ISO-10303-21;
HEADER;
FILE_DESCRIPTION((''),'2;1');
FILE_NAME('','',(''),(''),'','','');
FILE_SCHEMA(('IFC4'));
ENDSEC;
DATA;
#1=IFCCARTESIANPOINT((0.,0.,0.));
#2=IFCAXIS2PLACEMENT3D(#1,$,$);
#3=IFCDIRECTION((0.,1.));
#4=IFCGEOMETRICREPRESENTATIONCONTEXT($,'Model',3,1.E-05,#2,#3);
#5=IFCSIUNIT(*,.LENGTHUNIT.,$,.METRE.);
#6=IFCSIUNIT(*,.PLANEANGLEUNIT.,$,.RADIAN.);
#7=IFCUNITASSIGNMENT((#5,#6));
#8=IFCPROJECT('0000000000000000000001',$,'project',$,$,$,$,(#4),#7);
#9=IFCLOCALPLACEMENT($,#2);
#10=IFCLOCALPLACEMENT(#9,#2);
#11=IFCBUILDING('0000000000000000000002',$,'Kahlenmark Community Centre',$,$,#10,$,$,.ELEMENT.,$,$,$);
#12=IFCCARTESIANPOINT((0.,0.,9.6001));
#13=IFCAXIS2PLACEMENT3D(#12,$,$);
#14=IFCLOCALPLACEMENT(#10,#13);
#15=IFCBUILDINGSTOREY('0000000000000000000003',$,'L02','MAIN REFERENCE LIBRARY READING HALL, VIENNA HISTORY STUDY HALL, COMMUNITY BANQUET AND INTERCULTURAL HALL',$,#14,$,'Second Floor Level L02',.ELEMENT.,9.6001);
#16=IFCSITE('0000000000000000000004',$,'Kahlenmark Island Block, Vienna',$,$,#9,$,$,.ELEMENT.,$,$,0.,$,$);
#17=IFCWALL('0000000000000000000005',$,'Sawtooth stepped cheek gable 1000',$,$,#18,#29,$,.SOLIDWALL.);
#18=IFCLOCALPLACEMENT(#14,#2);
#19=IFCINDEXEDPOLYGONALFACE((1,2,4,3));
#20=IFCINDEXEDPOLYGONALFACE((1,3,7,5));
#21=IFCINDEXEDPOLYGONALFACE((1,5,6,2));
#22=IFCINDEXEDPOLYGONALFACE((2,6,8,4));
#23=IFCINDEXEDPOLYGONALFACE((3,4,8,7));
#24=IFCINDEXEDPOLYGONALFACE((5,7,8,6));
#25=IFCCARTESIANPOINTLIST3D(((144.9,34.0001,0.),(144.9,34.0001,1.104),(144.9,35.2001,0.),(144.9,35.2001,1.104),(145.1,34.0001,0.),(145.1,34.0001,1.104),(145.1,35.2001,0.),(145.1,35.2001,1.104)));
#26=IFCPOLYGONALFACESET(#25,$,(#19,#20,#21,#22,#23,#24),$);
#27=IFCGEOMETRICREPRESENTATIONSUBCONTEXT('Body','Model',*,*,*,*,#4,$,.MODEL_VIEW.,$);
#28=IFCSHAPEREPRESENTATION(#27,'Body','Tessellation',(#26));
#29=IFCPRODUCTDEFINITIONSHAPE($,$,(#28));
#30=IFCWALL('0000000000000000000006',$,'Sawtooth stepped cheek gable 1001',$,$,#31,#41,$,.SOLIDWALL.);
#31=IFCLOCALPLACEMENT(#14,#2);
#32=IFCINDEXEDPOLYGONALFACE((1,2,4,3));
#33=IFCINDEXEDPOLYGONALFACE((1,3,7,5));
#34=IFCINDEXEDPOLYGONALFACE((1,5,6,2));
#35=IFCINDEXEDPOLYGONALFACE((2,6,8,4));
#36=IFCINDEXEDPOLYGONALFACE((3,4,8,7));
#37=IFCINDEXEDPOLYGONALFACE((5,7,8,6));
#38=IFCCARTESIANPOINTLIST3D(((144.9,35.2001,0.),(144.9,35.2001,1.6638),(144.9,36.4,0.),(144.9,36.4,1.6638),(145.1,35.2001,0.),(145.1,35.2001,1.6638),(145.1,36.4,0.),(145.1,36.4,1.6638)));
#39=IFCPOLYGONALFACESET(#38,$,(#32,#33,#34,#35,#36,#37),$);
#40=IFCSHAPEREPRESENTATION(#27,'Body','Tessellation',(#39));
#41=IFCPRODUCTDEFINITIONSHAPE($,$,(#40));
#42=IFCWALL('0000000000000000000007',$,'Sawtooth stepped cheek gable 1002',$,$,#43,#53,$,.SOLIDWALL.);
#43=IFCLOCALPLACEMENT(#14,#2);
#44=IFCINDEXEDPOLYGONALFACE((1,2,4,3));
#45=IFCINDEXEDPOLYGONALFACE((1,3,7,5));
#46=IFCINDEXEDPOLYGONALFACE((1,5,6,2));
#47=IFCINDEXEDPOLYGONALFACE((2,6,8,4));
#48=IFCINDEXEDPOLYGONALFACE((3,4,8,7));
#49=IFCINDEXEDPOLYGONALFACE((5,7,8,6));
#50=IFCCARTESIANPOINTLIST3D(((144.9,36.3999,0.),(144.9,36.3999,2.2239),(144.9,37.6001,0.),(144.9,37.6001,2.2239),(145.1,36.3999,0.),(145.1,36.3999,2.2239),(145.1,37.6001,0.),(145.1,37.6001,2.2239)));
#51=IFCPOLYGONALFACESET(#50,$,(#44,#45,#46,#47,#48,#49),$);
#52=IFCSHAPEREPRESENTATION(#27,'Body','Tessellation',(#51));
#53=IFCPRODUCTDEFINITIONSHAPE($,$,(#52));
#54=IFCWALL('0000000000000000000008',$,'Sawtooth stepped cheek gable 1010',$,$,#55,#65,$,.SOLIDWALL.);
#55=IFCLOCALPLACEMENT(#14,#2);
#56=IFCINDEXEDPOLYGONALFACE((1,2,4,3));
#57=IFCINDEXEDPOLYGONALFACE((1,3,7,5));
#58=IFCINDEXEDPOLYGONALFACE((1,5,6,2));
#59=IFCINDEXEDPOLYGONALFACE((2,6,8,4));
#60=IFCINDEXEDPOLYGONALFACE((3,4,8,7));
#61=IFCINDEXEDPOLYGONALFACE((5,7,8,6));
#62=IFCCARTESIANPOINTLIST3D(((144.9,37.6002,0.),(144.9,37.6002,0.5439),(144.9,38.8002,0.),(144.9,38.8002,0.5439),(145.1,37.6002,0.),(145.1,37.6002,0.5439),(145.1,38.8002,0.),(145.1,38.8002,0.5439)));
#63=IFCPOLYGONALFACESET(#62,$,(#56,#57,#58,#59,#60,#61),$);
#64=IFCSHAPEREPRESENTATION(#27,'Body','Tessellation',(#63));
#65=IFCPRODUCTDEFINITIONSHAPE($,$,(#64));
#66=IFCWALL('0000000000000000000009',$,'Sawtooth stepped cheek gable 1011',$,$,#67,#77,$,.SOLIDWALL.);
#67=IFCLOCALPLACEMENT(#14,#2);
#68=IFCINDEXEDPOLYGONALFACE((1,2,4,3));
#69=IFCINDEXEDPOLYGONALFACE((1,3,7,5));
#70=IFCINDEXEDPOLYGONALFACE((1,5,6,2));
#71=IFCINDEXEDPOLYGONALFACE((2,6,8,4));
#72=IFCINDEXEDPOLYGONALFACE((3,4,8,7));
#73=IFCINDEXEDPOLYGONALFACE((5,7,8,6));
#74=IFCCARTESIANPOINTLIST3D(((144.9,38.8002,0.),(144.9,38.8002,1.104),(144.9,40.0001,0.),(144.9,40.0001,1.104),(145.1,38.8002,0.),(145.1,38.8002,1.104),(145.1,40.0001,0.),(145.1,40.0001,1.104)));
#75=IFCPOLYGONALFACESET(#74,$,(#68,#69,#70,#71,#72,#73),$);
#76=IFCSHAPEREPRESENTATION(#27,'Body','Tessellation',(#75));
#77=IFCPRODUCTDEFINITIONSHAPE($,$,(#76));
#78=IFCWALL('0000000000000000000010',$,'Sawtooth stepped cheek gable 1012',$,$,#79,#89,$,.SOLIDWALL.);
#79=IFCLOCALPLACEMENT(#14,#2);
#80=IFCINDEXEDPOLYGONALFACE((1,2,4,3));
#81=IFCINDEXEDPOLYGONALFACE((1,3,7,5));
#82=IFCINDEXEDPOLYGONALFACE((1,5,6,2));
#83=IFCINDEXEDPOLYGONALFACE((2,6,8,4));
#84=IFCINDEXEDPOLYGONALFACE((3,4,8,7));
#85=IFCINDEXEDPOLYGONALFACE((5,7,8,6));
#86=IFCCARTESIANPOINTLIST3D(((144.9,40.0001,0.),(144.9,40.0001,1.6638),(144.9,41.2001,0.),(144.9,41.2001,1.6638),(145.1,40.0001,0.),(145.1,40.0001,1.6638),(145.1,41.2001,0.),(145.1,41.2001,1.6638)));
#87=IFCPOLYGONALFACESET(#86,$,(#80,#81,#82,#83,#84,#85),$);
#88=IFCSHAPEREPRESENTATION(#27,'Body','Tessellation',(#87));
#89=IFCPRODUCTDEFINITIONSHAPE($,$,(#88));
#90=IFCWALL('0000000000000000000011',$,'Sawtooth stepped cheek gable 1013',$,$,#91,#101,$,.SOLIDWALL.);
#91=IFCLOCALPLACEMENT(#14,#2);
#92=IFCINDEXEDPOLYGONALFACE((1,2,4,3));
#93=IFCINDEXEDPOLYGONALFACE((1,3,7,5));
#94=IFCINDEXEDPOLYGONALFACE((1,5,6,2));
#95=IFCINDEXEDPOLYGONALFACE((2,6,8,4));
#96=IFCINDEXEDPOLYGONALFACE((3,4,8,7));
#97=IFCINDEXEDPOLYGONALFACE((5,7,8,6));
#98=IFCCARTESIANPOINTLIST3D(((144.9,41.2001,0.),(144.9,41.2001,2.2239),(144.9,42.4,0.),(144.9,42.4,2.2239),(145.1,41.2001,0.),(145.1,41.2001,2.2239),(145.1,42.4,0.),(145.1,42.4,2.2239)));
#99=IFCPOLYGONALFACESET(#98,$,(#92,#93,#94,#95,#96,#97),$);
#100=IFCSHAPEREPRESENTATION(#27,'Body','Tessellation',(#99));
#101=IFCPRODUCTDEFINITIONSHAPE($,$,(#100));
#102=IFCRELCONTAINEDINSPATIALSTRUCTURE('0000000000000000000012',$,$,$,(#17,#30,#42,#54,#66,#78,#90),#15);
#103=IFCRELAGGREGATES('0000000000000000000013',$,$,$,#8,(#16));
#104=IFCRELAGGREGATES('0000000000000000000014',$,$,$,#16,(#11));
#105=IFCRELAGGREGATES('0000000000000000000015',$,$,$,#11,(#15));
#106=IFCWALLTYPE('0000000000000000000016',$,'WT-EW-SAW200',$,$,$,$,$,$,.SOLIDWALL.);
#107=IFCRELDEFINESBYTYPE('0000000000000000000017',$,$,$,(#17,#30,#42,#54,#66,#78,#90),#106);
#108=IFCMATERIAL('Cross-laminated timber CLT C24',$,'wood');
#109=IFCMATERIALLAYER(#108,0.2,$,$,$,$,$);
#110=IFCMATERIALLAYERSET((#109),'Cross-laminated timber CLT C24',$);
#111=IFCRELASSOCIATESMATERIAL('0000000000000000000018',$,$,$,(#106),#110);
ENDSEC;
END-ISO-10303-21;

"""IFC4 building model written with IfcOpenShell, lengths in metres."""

from ifc_helpers import new_model, si_unit, direction, frame, frame_2d, origin, place, context, subcontext, project, spatial, rectangle, extrude, material, layer, layer_set, type_object, element, save


model = new_model("IFC4")

# Units and contexts
model_context = context("Model", 3, precision=1e-05, world=origin(), true_north=direction((0.0, 1.0)))
body_context = subcontext(model_context, "Body", "Model", "MODEL_VIEW")
ifc_project = project(units=[si_unit("LENGTHUNIT", "METRE"), si_unit("PLANEANGLEUNIT", "RADIAN")], contexts=[model_context])

# Site, building, storey
site_placement = place(None, origin())
site = spatial("IfcSite", under=ifc_project, at=site_placement, Name="Kahlenmark Island Block, Vienna", CompositionType="ELEMENT", RefElevation=0.0)
building_placement = place(site_placement, origin())
building = spatial("IfcBuilding", under=site, at=building_placement, Name="Kahlenmark Community Centre", CompositionType="ELEMENT")
storey_placement = place(building_placement, frame((0.0, 0.0, 9.6001)))
storey = spatial("IfcBuildingStorey", under=building, at=storey_placement, Name="L02", Description="MAIN REFERENCE LIBRARY READING HALL, VIENNA HISTORY STUDY HALL, COMMUNITY BANQUET AND INTERCULTURAL HALL", LongName="Second Floor Level L02", CompositionType="ELEMENT", Elevation=9.6001)

# Walls
ifc_material_1 = material(Name="Cross-laminated timber CLT C24", Category="wood")
ifc_layer_1 = layer(ifc_material_1, 0.2)
ifc_layer_set_1 = layer_set([ifc_layer_1], Name="Cross-laminated timber CLT C24")
wall_type = type_object("IfcWallType", Name="WT-EW-SAW200", PredefinedType="SOLIDWALL", material=ifc_layer_set_1)
wall_1_placement = place(storey_placement, frame((145.0, 34.0, 0.0), z_axis=(0.0, 0.0, 1.0), x_axis=(0.0, 1.0, 0.0)))
element("IfcWall", 1, at=wall_1_placement, inside=storey, type_object=wall_type, Name="Sawtooth stepped cheek gable 1000", PredefinedType="SOLIDWALL", context=body_context, shape_type="SweptSolid", body=[
    extrude(rectangle(XDim=1.2, YDim=0.2, at=frame_2d((0.6001, 0.0))), origin(), (0.0, 0.0, 1.0), 1.104),
])
wall_2_placement = place(storey_placement, frame((145.0, 35.2, 0.0), z_axis=(0.0, 0.0, 1.0), x_axis=(0.0, 1.0, 0.0)))
element("IfcWall", 2, at=wall_2_placement, inside=storey, type_object=wall_type, Name="Sawtooth stepped cheek gable 1001", PredefinedType="SOLIDWALL", context=body_context, shape_type="SweptSolid", body=[
    extrude(rectangle(XDim=1.2, YDim=0.2, at=frame_2d((0.6001, 0.0))), origin(), (0.0, 0.0, 1.0), 1.6638),
])
wall_3_placement = place(storey_placement, frame((145.0, 36.3999, 0.0), z_axis=(0.0, 0.0, 1.0), x_axis=(0.0, 1.0, 0.0)))
element("IfcWall", 3, at=wall_3_placement, inside=storey, type_object=wall_type, Name="Sawtooth stepped cheek gable 1002", PredefinedType="SOLIDWALL", context=body_context, shape_type="SweptSolid", body=[
    extrude(rectangle(XDim=1.2002, YDim=0.2, at=frame_2d((0.6001, 0.0))), origin(), (0.0, 0.0, 1.0), 2.2239),
])
wall_4_placement = place(storey_placement, frame((145.0, 37.6001, 0.0), z_axis=(0.0, 0.0, 1.0), x_axis=(0.0, 1.0, 0.0)))
element("IfcWall", 4, at=wall_4_placement, inside=storey, type_object=wall_type, Name="Sawtooth stepped cheek gable 1010", PredefinedType="SOLIDWALL", context=body_context, shape_type="SweptSolid", body=[
    extrude(rectangle(XDim=1.2, YDim=0.2, at=frame_2d((0.6001, 0.0))), origin(), (0.0, 0.0, 1.0), 0.5439),
])
wall_5_placement = place(storey_placement, frame((145.0, 38.8, 0.0), z_axis=(0.0, 0.0, 1.0), x_axis=(0.0, 1.0, 0.0)))
element("IfcWall", 5, at=wall_5_placement, inside=storey, type_object=wall_type, Name="Sawtooth stepped cheek gable 1011", PredefinedType="SOLIDWALL", context=body_context, shape_type="SweptSolid", body=[
    extrude(rectangle(XDim=1.2, YDim=0.2, at=frame_2d((0.6001, 0.0))), origin(), (0.0, 0.0, 1.0), 1.104),
])
wall_6_placement = place(storey_placement, frame((145.0, 40.0, 0.0), z_axis=(0.0, 0.0, 1.0), x_axis=(0.0, 1.0, 0.0)))
element("IfcWall", 6, at=wall_6_placement, inside=storey, type_object=wall_type, Name="Sawtooth stepped cheek gable 1012", PredefinedType="SOLIDWALL", context=body_context, shape_type="SweptSolid", body=[
    extrude(rectangle(XDim=1.2, YDim=0.2, at=frame_2d((0.6001, 0.0))), origin(), (0.0, 0.0, 1.0), 1.6638),
])
wall_7_placement = place(storey_placement, frame((145.0, 41.2, 0.0), z_axis=(0.0, 0.0, 1.0), x_axis=(0.0, 1.0, 0.0)))
element("IfcWall", 7, at=wall_7_placement, inside=storey, type_object=wall_type, Name="Sawtooth stepped cheek gable 1013", PredefinedType="SOLIDWALL", context=body_context, shape_type="SweptSolid", body=[
    extrude(rectangle(XDim=1.2, YDim=0.2, at=frame_2d((0.6001, 0.0))), origin(), (0.0, 0.0, 1.0), 2.2239),
])

save(model, "model.ifc")
